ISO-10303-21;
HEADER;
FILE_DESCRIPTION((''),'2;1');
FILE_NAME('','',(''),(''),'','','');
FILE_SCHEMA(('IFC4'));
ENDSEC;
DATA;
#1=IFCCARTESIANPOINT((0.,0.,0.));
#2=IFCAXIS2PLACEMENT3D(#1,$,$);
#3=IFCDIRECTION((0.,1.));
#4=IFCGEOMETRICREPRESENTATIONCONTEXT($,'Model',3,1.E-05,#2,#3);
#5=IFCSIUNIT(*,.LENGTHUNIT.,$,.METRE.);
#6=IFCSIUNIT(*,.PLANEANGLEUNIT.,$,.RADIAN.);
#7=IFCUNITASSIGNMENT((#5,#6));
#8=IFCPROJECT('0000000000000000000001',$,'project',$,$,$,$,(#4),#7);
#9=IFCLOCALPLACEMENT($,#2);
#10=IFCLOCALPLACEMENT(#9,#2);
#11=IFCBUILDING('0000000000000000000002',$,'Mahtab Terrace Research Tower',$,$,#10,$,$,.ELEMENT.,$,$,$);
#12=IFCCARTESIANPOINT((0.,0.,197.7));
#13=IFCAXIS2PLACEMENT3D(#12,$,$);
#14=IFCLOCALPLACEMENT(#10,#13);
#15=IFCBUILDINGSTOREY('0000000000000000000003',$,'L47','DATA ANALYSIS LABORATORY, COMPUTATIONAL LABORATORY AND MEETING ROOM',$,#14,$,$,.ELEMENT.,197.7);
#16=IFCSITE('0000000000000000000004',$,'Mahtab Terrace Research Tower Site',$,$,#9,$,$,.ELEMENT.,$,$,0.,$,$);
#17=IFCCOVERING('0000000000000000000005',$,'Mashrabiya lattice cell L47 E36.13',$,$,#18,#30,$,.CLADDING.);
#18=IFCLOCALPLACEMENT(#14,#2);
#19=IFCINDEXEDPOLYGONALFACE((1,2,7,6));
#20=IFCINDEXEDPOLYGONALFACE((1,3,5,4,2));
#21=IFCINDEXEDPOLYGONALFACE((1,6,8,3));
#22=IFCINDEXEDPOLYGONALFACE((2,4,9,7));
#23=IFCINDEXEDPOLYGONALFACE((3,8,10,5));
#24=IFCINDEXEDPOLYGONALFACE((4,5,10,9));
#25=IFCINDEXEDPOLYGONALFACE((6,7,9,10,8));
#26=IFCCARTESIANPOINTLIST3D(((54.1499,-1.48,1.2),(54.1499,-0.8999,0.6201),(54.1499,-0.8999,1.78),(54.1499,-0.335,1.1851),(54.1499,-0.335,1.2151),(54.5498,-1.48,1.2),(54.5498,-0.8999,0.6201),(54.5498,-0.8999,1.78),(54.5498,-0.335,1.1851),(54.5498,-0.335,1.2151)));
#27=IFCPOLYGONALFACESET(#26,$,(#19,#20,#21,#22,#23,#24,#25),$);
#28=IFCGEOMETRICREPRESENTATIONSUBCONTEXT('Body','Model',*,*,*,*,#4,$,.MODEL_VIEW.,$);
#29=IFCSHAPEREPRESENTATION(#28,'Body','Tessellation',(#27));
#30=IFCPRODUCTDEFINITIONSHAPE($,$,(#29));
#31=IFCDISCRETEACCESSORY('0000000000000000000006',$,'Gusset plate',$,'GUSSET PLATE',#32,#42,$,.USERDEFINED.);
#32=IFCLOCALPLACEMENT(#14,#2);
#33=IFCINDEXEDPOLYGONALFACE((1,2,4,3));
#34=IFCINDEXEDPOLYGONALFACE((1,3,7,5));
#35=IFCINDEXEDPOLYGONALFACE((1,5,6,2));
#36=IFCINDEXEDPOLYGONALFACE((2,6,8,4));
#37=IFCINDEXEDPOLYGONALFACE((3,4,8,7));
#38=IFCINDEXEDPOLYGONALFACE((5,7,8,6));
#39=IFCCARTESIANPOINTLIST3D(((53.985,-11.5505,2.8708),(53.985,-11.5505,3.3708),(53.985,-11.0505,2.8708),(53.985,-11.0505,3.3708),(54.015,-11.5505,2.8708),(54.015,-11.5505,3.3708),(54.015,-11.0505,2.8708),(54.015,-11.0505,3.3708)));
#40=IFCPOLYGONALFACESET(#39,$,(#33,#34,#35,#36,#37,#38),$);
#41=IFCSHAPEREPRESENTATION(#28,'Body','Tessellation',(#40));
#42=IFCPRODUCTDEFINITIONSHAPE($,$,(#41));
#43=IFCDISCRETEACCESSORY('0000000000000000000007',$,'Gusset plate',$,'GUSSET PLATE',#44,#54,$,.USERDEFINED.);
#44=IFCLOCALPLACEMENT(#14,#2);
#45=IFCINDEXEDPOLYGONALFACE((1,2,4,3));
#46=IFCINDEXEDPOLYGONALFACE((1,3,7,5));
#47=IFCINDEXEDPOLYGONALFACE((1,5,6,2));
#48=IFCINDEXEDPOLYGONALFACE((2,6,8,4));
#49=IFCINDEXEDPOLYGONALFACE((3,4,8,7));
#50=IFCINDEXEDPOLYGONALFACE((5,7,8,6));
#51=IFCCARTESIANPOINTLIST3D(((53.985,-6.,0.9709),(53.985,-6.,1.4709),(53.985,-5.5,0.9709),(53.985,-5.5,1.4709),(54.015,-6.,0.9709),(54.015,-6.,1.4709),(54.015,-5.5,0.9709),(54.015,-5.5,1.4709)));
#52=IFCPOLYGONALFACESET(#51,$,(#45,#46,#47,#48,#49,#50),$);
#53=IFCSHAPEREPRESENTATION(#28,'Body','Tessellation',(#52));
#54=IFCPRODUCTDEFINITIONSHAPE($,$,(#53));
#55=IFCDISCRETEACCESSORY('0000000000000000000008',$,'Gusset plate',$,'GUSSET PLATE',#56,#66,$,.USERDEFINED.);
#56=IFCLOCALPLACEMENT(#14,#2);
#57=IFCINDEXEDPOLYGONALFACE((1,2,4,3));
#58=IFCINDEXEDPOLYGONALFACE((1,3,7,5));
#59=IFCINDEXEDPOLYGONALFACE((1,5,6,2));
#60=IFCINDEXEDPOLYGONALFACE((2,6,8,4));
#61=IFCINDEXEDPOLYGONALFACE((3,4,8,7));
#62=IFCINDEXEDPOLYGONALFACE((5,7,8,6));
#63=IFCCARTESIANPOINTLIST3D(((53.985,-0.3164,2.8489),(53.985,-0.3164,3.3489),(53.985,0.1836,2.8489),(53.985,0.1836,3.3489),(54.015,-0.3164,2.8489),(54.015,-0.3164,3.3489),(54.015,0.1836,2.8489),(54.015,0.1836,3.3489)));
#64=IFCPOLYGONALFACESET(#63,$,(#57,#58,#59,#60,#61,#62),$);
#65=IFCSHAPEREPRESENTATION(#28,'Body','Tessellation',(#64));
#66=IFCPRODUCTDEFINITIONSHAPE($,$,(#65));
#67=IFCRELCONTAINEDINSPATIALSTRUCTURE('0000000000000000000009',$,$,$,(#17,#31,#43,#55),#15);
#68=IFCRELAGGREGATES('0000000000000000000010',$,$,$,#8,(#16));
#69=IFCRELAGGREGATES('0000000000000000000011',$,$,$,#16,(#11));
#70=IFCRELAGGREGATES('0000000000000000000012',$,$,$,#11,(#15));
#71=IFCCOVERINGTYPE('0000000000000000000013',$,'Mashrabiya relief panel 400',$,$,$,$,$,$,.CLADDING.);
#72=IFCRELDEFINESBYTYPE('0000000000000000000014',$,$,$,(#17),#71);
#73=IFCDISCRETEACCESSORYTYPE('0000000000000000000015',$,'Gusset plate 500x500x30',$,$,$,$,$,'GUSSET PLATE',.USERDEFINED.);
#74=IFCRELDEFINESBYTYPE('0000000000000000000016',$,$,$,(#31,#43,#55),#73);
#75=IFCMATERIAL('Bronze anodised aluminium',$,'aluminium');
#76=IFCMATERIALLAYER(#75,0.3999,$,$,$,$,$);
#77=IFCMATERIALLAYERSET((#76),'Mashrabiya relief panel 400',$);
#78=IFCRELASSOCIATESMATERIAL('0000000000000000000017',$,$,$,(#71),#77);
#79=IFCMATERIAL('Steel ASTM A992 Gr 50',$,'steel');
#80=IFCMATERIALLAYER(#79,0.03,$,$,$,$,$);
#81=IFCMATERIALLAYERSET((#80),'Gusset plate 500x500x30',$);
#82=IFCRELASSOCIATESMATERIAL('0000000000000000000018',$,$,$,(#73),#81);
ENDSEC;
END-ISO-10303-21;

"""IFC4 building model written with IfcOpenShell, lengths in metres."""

from ifc_helpers import new_model, si_unit, direction, frame, origin, origin_2d, place, context, subcontext, project, spatial, polyline, rectangle, outline, extrude, material, layer, layer_set, type_object, element, save


model = new_model("IFC4")

# Units and contexts
model_context = context("Model", 3, precision=1e-05, world=origin(), true_north=direction((0.0, 1.0)))
body_context = subcontext(model_context, "Body", "Model", "MODEL_VIEW")
ifc_project = project(units=[si_unit("LENGTHUNIT", "METRE"), si_unit("PLANEANGLEUNIT", "RADIAN")], contexts=[model_context])

# Site, building, storey
site_placement = place(None, origin())
site = spatial("IfcSite", under=ifc_project, at=site_placement, Name="Mahtab Terrace Research Tower Site", CompositionType="ELEMENT", RefElevation=0.0)
building_placement = place(site_placement, origin())
building = spatial("IfcBuilding", under=site, at=building_placement, Name="Mahtab Terrace Research Tower", CompositionType="ELEMENT")
storey_placement = place(building_placement, frame((0.0, 0.0, 197.7)))
storey = spatial("IfcBuildingStorey", under=building, at=storey_placement, Name="L47", Description="DATA ANALYSIS LABORATORY, COMPUTATIONAL LABORATORY AND MEETING ROOM", CompositionType="ELEMENT", Elevation=197.7)

# Shared definitions
ifc_material_1 = material(Name="Steel ASTM A992 Gr 50", Category="steel")

# Covering
ifc_material_2 = material(Name="Bronze anodised aluminium", Category="aluminium")
ifc_layer_1 = layer(ifc_material_2, 0.3999)
ifc_layer_set_1 = layer_set([ifc_layer_1], Name="Mashrabiya relief panel 400")
covering_type = type_object("IfcCoveringType", Name="Mashrabiya relief panel 400", PredefinedType="CLADDING", material=ifc_layer_set_1)
covering_1_placement = place(storey_placement, frame((54.1499, -0.8999, 0.6201), z_axis=(-1.0, 0.0, 0.0), x_axis=(0.0, -0.707256, 0.706958)))
element("IfcCovering", 1, at=covering_1_placement, inside=storey, type_object=covering_type, Name="Mashrabiya lattice cell L47 E36.13", PredefinedType="CLADDING", context=body_context, shape_type="SweptSolid", body=[
    extrude(outline(polyline([(0.0, 0.0), (0.8202, 0.0), (0.82, 0.8204), (0.0211, 0.8202), (-0.0002, 0.7989), (0.0, 0.0)])), origin(), (0.0, 0.0, -1.0), 0.3999),
])

# Discrete accessories
ifc_layer_2 = layer(ifc_material_1, 0.03)
ifc_layer_set_2 = layer_set([ifc_layer_2], Name="Gusset plate 500x500x30")
discrete_accessory_type = type_object("IfcDiscreteAccessoryType", Name="Gusset plate 500x500x30", ElementType="GUSSET PLATE", PredefinedType="USERDEFINED", material=ifc_layer_set_2)
for number, where, z_axis, x_axis, name in (
    (2, (54.0, -11.3005, 2.8708), (0.0, 0.0, 1.0), (0.0, 1.0, 0.0), "Gusset plate"),
    (3, (54.0, -5.75, 0.9709), (0.0, 0.0, 1.0), (0.0, 1.0, 0.0), "Gusset plate"),
    (4, (54.0, -0.0664, 2.8489), (0.0, 0.0, 1.0), (0.0, 1.0, 0.0), "Gusset plate"),
):
    element("IfcDiscreteAccessory", number, at=place(storey_placement, frame(where, z_axis=z_axis, x_axis=x_axis)), inside=storey, type_object=discrete_accessory_type, Name=name, ObjectType="GUSSET PLATE", PredefinedType="USERDEFINED", context=body_context, shape_type="SweptSolid", body=[
        extrude(rectangle(XDim=0.5, YDim=0.03, at=origin_2d()), origin(), (0.0, 0.0, 1.0), 0.5),
    ])

save(model, "model.ifc")
